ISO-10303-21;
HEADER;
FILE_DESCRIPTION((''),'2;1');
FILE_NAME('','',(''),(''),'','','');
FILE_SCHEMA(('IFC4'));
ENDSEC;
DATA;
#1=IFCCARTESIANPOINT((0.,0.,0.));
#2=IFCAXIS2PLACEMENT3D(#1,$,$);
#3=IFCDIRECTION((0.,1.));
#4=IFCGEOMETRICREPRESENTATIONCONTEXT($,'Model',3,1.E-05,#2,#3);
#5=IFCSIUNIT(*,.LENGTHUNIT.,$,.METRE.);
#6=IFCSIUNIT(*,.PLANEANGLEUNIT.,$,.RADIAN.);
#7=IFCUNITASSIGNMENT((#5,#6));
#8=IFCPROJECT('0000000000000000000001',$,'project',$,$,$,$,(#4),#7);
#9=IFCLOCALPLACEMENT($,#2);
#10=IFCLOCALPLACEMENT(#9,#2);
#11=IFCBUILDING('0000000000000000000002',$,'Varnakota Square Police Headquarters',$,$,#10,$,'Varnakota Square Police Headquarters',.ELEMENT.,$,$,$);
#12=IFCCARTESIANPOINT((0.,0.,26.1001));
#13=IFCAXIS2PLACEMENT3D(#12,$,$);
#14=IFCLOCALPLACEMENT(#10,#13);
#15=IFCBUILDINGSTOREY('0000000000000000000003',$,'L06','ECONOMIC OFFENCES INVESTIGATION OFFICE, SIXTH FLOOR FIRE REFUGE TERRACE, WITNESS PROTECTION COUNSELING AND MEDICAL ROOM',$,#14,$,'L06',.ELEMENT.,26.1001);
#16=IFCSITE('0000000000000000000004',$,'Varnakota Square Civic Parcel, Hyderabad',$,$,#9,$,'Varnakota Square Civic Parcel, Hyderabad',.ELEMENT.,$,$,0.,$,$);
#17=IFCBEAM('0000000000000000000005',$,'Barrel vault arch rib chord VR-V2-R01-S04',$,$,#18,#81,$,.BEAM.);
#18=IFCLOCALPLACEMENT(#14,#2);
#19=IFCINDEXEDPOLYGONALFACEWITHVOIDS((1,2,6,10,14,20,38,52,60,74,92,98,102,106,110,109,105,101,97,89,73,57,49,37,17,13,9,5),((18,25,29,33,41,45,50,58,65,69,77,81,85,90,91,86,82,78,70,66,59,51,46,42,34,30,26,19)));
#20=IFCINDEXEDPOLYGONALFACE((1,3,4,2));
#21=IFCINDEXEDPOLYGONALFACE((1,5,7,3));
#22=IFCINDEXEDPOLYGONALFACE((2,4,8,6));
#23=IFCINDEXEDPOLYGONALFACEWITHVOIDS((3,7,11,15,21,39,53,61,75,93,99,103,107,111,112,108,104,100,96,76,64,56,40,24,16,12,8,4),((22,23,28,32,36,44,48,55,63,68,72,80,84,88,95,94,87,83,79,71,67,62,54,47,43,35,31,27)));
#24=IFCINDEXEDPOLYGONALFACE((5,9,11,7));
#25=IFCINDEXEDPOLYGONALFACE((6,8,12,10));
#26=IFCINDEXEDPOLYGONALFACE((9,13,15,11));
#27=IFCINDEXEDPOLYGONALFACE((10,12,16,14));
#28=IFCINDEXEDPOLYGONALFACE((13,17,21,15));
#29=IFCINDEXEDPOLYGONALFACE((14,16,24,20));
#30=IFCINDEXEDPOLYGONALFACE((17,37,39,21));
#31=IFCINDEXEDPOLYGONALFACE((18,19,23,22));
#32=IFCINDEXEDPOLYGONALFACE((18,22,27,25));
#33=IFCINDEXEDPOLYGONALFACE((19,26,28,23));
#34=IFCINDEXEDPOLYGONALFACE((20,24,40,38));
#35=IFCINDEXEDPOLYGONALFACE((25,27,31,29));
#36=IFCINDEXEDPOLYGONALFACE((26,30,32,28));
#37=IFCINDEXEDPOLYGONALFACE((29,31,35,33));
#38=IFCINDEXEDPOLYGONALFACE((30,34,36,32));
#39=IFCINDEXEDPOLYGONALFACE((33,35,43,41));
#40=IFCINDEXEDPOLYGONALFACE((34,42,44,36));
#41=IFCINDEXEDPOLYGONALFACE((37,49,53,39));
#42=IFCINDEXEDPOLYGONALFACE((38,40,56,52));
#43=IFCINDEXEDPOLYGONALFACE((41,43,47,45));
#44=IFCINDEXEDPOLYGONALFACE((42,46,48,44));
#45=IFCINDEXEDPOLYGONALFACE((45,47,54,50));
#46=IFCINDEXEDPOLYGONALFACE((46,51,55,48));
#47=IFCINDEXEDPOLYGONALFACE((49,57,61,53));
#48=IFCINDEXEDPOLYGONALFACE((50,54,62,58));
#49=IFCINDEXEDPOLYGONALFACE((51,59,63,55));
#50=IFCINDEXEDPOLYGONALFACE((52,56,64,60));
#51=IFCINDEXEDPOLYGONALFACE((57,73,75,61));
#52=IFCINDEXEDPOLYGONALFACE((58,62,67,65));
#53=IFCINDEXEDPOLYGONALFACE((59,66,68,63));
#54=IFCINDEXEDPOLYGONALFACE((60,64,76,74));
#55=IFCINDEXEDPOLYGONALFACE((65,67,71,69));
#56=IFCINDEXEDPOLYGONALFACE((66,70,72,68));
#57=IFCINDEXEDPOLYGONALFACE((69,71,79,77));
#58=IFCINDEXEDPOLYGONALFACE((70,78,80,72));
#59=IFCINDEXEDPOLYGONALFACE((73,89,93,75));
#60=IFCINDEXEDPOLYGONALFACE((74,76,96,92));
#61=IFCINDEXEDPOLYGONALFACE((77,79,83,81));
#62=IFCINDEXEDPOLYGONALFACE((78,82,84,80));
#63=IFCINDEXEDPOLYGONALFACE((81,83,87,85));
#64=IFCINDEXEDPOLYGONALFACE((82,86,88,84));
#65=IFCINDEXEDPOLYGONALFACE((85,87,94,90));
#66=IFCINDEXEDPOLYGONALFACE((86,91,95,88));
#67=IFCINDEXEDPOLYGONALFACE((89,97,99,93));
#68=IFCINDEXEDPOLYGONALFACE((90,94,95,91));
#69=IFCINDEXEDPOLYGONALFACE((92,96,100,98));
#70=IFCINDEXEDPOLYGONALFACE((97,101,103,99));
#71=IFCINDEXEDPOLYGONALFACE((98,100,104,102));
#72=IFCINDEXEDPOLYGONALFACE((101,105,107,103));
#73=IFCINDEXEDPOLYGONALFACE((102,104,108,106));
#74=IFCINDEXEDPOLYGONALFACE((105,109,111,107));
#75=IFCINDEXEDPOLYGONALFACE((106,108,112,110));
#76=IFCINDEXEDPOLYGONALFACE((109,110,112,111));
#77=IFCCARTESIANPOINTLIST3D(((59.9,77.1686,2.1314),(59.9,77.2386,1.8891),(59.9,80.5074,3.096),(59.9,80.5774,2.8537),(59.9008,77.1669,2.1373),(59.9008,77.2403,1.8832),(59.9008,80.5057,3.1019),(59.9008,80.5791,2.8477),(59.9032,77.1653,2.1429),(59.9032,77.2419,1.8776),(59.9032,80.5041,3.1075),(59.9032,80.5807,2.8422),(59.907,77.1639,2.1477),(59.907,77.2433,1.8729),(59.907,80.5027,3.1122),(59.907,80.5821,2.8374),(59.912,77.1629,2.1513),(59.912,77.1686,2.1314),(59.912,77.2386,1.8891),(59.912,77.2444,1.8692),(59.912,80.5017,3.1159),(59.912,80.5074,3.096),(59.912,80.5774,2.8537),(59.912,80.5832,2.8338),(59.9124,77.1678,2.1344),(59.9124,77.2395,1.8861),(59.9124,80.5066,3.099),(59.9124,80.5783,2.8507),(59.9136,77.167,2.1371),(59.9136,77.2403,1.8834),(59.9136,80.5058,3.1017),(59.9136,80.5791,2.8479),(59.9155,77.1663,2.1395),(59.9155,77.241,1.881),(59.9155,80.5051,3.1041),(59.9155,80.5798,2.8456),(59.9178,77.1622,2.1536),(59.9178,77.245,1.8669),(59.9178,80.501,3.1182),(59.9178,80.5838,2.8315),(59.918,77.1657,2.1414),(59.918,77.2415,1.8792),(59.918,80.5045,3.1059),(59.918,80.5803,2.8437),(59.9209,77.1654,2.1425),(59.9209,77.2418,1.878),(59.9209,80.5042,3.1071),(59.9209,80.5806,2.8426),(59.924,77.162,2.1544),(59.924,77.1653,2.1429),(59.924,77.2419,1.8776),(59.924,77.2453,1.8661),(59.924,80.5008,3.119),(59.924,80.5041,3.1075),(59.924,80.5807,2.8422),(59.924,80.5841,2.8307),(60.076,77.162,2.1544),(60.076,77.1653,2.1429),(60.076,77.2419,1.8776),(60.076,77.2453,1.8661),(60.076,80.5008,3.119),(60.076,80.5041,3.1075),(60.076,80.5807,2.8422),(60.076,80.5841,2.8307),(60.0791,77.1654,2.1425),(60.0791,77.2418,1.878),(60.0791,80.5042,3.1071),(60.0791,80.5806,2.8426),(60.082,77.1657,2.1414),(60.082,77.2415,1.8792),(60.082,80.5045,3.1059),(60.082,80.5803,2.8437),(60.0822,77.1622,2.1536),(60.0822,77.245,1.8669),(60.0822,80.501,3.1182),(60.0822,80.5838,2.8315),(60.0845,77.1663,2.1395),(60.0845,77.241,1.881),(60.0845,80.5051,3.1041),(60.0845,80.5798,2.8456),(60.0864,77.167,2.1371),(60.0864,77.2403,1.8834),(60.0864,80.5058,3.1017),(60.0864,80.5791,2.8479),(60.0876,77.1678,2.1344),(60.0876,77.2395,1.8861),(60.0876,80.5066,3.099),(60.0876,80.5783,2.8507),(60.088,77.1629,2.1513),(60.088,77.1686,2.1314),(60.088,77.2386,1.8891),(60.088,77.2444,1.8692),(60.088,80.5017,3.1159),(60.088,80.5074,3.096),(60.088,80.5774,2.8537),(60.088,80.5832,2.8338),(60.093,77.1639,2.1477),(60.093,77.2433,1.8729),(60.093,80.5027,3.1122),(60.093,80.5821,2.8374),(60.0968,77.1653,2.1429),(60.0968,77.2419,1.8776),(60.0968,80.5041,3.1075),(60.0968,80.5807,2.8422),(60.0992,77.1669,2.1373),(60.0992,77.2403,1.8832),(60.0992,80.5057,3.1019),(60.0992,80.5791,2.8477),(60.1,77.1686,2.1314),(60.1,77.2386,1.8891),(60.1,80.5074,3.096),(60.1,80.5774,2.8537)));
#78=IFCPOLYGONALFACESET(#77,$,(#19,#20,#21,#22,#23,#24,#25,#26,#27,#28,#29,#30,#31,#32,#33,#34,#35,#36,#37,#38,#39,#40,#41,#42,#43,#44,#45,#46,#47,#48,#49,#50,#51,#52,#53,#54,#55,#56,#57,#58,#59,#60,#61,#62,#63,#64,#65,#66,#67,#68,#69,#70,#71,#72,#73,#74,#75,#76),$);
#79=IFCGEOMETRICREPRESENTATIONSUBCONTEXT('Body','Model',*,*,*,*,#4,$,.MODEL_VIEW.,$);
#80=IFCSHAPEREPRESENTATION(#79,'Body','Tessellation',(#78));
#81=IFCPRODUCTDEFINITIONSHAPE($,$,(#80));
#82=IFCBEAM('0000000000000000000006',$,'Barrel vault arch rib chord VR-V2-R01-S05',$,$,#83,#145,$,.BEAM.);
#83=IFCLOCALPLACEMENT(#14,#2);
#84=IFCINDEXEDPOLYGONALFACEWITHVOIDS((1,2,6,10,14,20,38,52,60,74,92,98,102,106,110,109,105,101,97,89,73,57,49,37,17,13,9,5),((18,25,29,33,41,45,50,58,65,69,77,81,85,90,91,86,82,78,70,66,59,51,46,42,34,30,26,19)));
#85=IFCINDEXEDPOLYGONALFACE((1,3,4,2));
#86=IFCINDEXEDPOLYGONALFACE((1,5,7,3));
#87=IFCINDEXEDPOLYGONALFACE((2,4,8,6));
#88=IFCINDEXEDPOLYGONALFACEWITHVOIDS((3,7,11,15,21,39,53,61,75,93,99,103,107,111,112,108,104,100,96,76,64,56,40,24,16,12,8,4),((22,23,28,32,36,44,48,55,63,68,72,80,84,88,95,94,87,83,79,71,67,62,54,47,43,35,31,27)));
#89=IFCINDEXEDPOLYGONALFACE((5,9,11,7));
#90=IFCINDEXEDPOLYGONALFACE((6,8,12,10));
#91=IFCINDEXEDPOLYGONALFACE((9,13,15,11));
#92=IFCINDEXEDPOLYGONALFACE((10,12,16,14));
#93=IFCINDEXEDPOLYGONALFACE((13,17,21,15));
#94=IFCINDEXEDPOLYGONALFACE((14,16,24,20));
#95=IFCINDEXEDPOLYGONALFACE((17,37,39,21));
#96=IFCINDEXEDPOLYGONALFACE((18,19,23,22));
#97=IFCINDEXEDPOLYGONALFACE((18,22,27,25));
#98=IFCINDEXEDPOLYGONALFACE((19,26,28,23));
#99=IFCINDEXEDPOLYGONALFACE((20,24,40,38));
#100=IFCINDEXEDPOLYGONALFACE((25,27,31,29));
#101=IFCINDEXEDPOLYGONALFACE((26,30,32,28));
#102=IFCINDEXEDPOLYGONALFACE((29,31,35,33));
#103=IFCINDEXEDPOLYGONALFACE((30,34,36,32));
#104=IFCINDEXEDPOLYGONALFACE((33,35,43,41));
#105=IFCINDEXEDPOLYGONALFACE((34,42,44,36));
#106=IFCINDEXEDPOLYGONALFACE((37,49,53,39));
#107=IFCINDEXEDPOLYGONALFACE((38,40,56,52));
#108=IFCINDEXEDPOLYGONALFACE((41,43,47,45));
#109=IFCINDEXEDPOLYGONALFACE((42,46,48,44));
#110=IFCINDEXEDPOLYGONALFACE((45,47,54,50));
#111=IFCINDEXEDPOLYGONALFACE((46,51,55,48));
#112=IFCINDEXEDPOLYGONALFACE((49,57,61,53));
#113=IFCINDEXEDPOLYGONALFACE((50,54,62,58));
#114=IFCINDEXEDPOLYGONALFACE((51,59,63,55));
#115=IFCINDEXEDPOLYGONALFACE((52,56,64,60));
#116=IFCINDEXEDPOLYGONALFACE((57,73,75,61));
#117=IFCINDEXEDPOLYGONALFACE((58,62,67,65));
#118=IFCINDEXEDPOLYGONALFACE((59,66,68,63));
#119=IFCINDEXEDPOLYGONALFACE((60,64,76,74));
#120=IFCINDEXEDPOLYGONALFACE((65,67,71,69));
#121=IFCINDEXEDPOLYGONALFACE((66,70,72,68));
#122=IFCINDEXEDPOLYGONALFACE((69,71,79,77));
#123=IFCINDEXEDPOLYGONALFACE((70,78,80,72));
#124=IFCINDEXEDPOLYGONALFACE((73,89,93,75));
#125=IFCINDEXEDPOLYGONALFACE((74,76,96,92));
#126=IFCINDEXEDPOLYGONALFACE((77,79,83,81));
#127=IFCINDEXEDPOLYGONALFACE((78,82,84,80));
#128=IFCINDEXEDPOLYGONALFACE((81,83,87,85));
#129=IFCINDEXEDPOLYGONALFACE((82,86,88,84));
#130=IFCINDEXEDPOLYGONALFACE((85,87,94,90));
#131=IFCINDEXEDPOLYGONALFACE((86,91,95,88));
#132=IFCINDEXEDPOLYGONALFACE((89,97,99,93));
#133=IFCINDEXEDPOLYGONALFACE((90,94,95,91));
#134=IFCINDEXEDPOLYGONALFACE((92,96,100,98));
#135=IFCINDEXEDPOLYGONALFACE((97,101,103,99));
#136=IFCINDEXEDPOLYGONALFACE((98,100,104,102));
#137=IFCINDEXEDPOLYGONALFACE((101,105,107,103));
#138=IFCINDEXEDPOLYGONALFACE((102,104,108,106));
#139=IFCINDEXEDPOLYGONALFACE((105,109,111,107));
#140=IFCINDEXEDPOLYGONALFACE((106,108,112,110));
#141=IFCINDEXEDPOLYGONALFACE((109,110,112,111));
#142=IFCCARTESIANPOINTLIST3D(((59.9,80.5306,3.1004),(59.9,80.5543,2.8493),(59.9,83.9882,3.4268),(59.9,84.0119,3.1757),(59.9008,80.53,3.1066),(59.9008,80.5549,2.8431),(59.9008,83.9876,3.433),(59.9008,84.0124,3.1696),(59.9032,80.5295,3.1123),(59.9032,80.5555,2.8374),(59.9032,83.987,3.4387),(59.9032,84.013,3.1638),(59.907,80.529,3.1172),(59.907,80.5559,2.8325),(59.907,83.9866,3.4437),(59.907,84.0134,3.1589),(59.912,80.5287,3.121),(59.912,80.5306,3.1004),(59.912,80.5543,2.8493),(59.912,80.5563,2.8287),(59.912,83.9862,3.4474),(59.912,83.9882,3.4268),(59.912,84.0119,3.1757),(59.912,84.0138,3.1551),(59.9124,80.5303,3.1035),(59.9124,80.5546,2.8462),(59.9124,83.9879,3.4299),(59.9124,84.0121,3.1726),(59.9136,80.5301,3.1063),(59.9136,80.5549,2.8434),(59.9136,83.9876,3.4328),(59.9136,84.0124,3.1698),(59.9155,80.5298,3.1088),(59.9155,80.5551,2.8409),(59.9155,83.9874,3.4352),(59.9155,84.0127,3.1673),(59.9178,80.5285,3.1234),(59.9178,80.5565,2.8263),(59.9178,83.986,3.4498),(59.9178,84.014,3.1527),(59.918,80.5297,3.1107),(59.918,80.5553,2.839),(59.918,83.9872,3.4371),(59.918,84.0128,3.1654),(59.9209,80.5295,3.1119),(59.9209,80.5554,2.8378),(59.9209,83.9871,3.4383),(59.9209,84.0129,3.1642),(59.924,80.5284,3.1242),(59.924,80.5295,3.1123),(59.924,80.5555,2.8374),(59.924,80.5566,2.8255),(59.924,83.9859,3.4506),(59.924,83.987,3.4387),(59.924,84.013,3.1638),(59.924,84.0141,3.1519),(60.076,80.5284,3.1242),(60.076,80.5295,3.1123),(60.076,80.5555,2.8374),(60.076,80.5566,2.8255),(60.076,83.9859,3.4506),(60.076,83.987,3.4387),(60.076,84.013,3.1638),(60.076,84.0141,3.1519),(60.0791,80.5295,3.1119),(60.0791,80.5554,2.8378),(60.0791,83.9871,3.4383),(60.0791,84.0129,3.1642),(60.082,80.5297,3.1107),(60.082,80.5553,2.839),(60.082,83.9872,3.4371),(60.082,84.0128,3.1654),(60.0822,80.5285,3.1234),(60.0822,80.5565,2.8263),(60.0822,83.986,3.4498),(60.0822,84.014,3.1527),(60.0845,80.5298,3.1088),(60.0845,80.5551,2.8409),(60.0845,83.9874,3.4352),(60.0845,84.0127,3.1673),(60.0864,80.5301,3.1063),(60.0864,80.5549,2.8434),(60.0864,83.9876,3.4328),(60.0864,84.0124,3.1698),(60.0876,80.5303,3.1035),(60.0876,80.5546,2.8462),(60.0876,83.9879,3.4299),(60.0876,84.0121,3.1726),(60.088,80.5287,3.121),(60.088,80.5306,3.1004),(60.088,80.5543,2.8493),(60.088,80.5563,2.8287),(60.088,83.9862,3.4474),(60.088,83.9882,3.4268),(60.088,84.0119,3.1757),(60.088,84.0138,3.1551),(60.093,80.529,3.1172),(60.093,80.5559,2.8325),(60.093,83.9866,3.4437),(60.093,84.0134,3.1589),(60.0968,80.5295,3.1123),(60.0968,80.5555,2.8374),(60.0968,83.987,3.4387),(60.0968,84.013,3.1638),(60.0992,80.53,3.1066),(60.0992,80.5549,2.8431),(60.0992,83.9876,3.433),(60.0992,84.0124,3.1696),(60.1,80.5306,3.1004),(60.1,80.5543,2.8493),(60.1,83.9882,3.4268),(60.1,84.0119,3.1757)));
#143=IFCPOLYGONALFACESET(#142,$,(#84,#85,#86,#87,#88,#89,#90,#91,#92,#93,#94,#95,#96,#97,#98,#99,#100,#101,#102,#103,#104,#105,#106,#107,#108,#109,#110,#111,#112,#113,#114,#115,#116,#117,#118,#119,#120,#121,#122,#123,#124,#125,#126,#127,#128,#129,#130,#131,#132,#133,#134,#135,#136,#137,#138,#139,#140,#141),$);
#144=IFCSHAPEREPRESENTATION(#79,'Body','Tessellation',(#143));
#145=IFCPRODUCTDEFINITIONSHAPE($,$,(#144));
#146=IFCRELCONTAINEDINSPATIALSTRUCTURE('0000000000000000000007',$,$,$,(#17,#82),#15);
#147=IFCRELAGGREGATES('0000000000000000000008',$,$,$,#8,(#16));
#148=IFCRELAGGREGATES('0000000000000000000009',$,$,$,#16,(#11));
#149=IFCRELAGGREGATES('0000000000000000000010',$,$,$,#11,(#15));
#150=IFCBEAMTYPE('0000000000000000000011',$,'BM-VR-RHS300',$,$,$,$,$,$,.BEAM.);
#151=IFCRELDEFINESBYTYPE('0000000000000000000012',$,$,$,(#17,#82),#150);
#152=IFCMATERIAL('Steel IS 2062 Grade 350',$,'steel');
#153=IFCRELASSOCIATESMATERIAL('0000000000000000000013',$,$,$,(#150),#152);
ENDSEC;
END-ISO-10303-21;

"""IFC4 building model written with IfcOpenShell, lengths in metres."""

from ifc_helpers import new_model, si_unit, direction, frame, origin, origin_2d, place, context, subcontext, project, spatial, hollow_rectangle, extrude, material, material_profile, profile_set, type_object, element, save


model = new_model("IFC4")

# Units and contexts
model_context = context("Model", 3, precision=1e-05, world=origin(), true_north=direction((0.0, 1.0)))
body_context = subcontext(model_context, "Body", "Model", "MODEL_VIEW")
ifc_project = project(units=[si_unit("LENGTHUNIT", "METRE"), si_unit("PLANEANGLEUNIT", "RADIAN")], contexts=[model_context])

# Site, building, storey
site_placement = place(None, origin())
site = spatial("IfcSite", under=ifc_project, at=site_placement, Name="Varnakota Square Civic Parcel, Hyderabad", LongName="Varnakota Square Civic Parcel, Hyderabad", CompositionType="ELEMENT", RefElevation=0.0)
building_placement = place(site_placement, origin())
building = spatial("IfcBuilding", under=site, at=building_placement, Name="Varnakota Square Police Headquarters", LongName="Varnakota Square Police Headquarters", CompositionType="ELEMENT")
storey_placement = place(building_placement, frame((0.0, 0.0, 26.1001)))
storey = spatial("IfcBuildingStorey", under=building, at=storey_placement, Name="L06", Description="ECONOMIC OFFENCES INVESTIGATION OFFICE, SIXTH FLOOR FIRE REFUGE TERRACE, WITNESS PROTECTION COUNSELING AND MEDICAL ROOM", LongName="L06", CompositionType="ELEMENT", Elevation=26.1001)

# Beams
ifc_material_1 = material(Name="Steel IS 2062 Grade 350", Category="steel")
ifc_material_profile_1 = material_profile(ifc_material_1, hollow_rectangle(XDim=0.2, YDim=0.3, WallThickness=0.012, InnerFilletRadius=0.012, OuterFilletRadius=0.0239, at=origin_2d()), Name="RHS 300x200x12")
ifc_profile_set_1 = profile_set([ifc_material_profile_1], Name="Steel IS 2062 Grade 350")
beam_type = type_object("IfcBeamType", Name="BM-VR-RHS300", PredefinedType="BEAM", material=ifc_profile_set_1)
beam_1_placement = place(storey_placement, frame((60.0, 77.2036, 2.0103), z_axis=(0.0, 0.960711, 0.27755), x_axis=(-1.0, 0.0, 0.0)))
element("IfcBeam", 1, at=beam_1_placement, inside=storey, type_object=beam_type, Name="Barrel vault arch rib chord VR-V2-R01-S04", PredefinedType="BEAM", context=body_context, shape_type="SweptSolid", body=[
    extrude(hollow_rectangle(XDim=0.2, YDim=0.3, WallThickness=0.012, InnerFilletRadius=0.012, OuterFilletRadius=0.0239, at=origin_2d()), origin(), (0.0, 0.0, 1.0), 3.4753),
])
for number, where, z_axis, x_axis, name in (
    (2, (60.0, 80.5425, 2.9749), (0.0, 0.995573, 0.09399), (-1.0, 0.0, 0.0), "Barrel vault arch rib chord VR-V2-R01-S05"),
):
    element("IfcBeam", number, at=place(storey_placement, frame(where, z_axis=z_axis, x_axis=x_axis)), inside=storey, type_object=beam_type, Name=name, PredefinedType="BEAM", context=body_context, shape_type="SweptSolid", body=[
        extrude(hollow_rectangle(XDim=0.2, YDim=0.3, WallThickness=0.012, InnerFilletRadius=0.012, OuterFilletRadius=0.0239, at=origin_2d()), origin(), (0.0, 0.0, 1.0), 3.4729),
    ])

save(model, "model.ifc")
